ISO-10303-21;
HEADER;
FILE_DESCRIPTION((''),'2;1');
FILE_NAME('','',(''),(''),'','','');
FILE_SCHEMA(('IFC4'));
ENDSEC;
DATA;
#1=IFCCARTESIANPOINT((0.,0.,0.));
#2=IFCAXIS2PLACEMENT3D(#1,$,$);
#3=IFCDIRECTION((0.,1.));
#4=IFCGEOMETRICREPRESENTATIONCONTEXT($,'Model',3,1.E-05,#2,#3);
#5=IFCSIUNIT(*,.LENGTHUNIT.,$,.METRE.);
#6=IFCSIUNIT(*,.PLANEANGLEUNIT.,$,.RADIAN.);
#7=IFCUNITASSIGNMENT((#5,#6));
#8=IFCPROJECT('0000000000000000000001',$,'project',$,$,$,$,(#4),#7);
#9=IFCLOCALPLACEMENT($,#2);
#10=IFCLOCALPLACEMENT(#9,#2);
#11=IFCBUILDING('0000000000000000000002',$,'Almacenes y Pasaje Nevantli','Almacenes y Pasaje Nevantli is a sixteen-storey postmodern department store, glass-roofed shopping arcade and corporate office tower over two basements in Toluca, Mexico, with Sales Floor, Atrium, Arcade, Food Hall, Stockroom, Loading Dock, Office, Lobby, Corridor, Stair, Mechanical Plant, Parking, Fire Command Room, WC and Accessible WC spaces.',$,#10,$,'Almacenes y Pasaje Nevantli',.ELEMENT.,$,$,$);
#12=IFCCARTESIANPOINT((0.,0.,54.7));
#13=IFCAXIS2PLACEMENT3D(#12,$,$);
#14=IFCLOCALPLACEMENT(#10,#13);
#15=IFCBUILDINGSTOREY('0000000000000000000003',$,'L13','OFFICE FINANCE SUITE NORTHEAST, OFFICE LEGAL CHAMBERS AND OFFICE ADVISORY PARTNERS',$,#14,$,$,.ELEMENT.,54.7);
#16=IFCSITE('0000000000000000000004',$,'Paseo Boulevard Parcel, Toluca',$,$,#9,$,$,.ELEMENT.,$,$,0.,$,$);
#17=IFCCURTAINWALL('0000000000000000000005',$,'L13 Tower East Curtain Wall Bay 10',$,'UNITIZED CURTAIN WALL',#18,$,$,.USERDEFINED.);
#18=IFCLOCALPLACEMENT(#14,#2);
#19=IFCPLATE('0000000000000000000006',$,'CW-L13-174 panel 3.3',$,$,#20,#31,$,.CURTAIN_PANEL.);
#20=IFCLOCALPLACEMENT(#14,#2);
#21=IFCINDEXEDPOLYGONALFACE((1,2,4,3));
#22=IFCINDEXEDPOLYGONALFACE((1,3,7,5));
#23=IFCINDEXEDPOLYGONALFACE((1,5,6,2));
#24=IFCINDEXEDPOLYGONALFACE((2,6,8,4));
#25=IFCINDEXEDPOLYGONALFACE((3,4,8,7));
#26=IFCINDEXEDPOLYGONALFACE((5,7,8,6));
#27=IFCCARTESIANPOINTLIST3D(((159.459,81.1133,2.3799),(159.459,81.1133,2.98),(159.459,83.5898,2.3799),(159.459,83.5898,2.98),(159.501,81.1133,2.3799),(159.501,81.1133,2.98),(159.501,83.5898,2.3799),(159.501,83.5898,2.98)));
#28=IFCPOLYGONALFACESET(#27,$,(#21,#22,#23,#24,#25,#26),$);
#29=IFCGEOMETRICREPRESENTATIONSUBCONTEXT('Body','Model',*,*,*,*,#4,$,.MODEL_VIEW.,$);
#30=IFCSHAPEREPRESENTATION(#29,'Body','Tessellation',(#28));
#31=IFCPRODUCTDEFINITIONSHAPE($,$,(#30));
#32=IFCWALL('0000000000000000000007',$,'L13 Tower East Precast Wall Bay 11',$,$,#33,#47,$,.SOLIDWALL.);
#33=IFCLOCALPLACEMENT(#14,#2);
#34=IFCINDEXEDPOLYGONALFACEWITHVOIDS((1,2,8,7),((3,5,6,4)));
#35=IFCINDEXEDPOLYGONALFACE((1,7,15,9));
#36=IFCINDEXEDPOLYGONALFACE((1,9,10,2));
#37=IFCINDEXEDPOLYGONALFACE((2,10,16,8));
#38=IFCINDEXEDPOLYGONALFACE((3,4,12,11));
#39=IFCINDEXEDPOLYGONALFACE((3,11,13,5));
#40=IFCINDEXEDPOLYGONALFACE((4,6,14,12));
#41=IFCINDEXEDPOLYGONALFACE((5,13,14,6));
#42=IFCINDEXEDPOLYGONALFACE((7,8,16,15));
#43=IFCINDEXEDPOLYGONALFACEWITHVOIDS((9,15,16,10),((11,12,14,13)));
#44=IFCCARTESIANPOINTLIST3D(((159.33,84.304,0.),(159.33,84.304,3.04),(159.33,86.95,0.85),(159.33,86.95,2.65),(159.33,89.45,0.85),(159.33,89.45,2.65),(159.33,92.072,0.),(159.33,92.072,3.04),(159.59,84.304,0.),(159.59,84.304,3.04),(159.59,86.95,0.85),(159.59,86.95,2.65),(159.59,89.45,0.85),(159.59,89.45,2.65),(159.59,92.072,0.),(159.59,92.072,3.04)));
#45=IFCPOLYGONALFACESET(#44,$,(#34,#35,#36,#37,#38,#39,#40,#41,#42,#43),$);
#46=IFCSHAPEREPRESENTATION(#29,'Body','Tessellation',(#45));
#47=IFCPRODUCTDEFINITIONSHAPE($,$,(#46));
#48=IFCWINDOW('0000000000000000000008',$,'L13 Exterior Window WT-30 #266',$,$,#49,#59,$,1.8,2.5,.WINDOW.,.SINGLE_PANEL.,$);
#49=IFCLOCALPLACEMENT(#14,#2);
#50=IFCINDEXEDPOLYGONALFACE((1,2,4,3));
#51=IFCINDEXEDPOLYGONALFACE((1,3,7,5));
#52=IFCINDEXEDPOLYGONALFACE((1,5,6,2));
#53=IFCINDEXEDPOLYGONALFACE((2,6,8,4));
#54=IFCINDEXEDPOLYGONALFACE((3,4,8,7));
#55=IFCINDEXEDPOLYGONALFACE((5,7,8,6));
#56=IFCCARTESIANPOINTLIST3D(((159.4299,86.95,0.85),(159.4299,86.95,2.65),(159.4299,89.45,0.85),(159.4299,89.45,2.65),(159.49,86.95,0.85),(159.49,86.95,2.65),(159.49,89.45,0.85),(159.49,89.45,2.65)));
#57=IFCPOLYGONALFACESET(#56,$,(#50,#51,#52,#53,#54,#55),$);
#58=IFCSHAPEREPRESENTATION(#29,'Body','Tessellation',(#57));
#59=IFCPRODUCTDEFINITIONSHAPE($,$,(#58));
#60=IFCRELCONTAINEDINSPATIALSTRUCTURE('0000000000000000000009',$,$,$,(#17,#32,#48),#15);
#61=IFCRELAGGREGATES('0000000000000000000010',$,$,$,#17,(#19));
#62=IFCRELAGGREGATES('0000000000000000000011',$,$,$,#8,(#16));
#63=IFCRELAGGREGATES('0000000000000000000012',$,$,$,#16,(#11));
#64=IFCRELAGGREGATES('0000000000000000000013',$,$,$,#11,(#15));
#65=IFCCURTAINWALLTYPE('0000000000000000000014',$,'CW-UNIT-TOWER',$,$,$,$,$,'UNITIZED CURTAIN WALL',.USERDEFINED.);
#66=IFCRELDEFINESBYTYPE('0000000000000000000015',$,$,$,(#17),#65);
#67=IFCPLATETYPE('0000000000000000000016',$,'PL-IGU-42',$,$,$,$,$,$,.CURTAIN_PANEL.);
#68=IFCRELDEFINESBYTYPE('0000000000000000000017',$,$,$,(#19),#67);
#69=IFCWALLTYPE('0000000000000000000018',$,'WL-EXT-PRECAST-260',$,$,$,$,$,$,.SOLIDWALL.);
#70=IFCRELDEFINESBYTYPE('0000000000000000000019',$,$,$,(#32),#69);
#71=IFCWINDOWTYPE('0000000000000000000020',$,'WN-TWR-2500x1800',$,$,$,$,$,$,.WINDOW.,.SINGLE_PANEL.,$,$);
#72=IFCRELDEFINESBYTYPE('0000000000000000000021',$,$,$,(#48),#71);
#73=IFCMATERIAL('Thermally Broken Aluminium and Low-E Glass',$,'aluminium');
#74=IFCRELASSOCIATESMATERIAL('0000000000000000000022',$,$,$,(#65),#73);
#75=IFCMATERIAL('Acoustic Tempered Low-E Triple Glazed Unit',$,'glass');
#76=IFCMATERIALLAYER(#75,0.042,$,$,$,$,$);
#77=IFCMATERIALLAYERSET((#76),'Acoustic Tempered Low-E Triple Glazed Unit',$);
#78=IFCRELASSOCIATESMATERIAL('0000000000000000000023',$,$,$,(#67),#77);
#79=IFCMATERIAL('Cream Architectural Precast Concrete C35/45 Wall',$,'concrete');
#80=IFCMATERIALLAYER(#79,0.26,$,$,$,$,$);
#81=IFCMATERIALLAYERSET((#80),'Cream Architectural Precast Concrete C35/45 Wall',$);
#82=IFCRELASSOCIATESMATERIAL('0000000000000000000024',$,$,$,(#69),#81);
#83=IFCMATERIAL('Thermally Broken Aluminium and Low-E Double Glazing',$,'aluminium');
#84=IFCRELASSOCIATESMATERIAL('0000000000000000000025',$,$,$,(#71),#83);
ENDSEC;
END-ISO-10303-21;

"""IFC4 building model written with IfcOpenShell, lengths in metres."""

from ifc_helpers import new_model, si_unit, direction, frame, frame_2d, origin, origin_2d, place, context, subcontext, project, spatial, rectangle, extrude, material, layer, layer_set, type_object, element, fill, aggregate, save


model = new_model("IFC4")

# Units and contexts
model_context = context("Model", 3, precision=1e-05, world=origin(), true_north=direction((0.0, 1.0)))
body_context = subcontext(model_context, "Body", "Model", "MODEL_VIEW")
ifc_project = project(units=[si_unit("LENGTHUNIT", "METRE"), si_unit("PLANEANGLEUNIT", "RADIAN")], contexts=[model_context])

# Site, building, storey
site_placement = place(None, origin())
site = spatial("IfcSite", under=ifc_project, at=site_placement, Name="Paseo Boulevard Parcel, Toluca", CompositionType="ELEMENT", RefElevation=0.0)
building_placement = place(site_placement, origin())
building = spatial("IfcBuilding", under=site, at=building_placement, Name="Almacenes y Pasaje Nevantli", Description="Almacenes y Pasaje Nevantli is a sixteen-storey postmodern department store, glass-roofed shopping arcade and corporate office tower over two basements in Toluca, Mexico, with Sales Floor, Atrium, Arcade, Food Hall, Stockroom, Loading Dock, Office, Lobby, Corridor, Stair, Mechanical Plant, Parking, Fire Command Room, WC and Accessible WC spaces.", LongName="Almacenes y Pasaje Nevantli", CompositionType="ELEMENT")
storey_placement = place(building_placement, frame((0.0, 0.0, 54.7)))
storey = spatial("IfcBuildingStorey", under=building, at=storey_placement, Name="L13", Description="OFFICE FINANCE SUITE NORTHEAST, OFFICE LEGAL CHAMBERS AND OFFICE ADVISORY PARTNERS", CompositionType="ELEMENT", Elevation=54.7)

# Curtain wall, plate
ifc_material_1 = material(Name="Thermally Broken Aluminium and Low-E Glass", Category="aluminium")
curtain_wall_type = type_object("IfcCurtainWallType", Name="CW-UNIT-TOWER", ElementType="UNITIZED CURTAIN WALL", PredefinedType="USERDEFINED", material=ifc_material_1)
curtain_wall_placement = place(storey_placement, origin())
curtain_wall = element("IfcCurtainWall", 1, at=curtain_wall_placement, inside=storey, type_object=curtain_wall_type, Name="L13 Tower East Curtain Wall Bay 10", ObjectType="UNITIZED CURTAIN WALL", PredefinedType="USERDEFINED")
ifc_material_2 = material(Name="Acoustic Tempered Low-E Triple Glazed Unit", Category="glass")
ifc_layer_1 = layer(ifc_material_2, 0.042)
ifc_layer_set_1 = layer_set([ifc_layer_1], Name="Acoustic Tempered Low-E Triple Glazed Unit")
plate_type = type_object("IfcPlateType", Name="PL-IGU-42", PredefinedType="CURTAIN_PANEL", material=ifc_layer_set_1)
plate_1_placement = place(storey_placement, frame((159.48, 82.3516, 2.3799), z_axis=(0.0, 0.0, 1.0), x_axis=(0.0, 1.0, 0.0)))
plate_1 = element("IfcPlate", 2, at=plate_1_placement, type_object=plate_type, Name="CW-L13-174 panel 3.3", PredefinedType="CURTAIN_PANEL", context=body_context, shape_type="SweptSolid", body=[
    extrude(rectangle(XDim=2.4766, YDim=0.042, at=origin_2d()), origin(), (0.0, 0.0, 1.0), 0.6001),
])
aggregate(curtain_wall, [plate_1])

# Wall, opening, window
ifc_material_3 = material(Name="Cream Architectural Precast Concrete C35/45 Wall", Category="concrete")
ifc_layer_2 = layer(ifc_material_3, 0.26)
ifc_layer_set_2 = layer_set([ifc_layer_2], Name="Cream Architectural Precast Concrete C35/45 Wall")
wall_type = type_object("IfcWallType", Name="WL-EXT-PRECAST-260", PredefinedType="SOLIDWALL", material=ifc_layer_set_2)
wall_placement = place(storey_placement, frame((159.46, 84.304, 0.0), z_axis=(0.0, 0.0, 1.0), x_axis=(0.0, 1.0, 0.0)))
wall = element("IfcWall", 3, at=wall_placement, inside=storey, type_object=wall_type, Name="L13 Tower East Precast Wall Bay 11", PredefinedType="SOLIDWALL", context=body_context, shape_type="SweptSolid", body=[
    extrude(rectangle(XDim=7.7681, YDim=0.26, at=frame_2d((3.884, 0.0))), origin(), (0.0, 0.0, 1.0), 3.04),
])
opening_placement = place(wall_placement, frame((2.646, 0.0, 0.8501)))
opening = element("IfcOpeningElement", 4, at=opening_placement, cuts=wall, PredefinedType="OPENING", context=body_context, shape_type="SweptSolid", body=[
    extrude(rectangle(XDim=2.5, YDim=1.8, at=frame_2d((1.25, 0.8999))), frame((0.0, 0.1399, 0.0), z_axis=(0.0, -1.0, 0.0), x_axis=(1.0, 0.0, 0.0)), (0.0, 0.0, 1.0), 0.28),
])
ifc_material_4 = material(Name="Thermally Broken Aluminium and Low-E Double Glazing", Category="aluminium")
window_type = type_object("IfcWindowType", Name="WN-TWR-2500x1800", PartitioningType="SINGLE_PANEL", PredefinedType="WINDOW", material=ifc_material_4)
window_placement = place(opening_placement, origin())
window = element("IfcWindow", 5, at=window_placement, inside=storey, type_object=window_type, Name="L13 Exterior Window WT-30 #266", OverallHeight=1.8, OverallWidth=2.5, PartitioningType="SINGLE_PANEL", PredefinedType="WINDOW", context=body_context, shape_type="SweptSolid", body=[
    extrude(rectangle(XDim=2.5, YDim=1.8, at=frame_2d((1.25, 0.8999))), frame((0.0, 0.03, 0.0), z_axis=(0.0, -1.0, 0.0), x_axis=(1.0, 0.0, 0.0)), (0.0, 0.0, 1.0), 0.0601),
])
fill(opening, window)

save(model, "model.ifc")
